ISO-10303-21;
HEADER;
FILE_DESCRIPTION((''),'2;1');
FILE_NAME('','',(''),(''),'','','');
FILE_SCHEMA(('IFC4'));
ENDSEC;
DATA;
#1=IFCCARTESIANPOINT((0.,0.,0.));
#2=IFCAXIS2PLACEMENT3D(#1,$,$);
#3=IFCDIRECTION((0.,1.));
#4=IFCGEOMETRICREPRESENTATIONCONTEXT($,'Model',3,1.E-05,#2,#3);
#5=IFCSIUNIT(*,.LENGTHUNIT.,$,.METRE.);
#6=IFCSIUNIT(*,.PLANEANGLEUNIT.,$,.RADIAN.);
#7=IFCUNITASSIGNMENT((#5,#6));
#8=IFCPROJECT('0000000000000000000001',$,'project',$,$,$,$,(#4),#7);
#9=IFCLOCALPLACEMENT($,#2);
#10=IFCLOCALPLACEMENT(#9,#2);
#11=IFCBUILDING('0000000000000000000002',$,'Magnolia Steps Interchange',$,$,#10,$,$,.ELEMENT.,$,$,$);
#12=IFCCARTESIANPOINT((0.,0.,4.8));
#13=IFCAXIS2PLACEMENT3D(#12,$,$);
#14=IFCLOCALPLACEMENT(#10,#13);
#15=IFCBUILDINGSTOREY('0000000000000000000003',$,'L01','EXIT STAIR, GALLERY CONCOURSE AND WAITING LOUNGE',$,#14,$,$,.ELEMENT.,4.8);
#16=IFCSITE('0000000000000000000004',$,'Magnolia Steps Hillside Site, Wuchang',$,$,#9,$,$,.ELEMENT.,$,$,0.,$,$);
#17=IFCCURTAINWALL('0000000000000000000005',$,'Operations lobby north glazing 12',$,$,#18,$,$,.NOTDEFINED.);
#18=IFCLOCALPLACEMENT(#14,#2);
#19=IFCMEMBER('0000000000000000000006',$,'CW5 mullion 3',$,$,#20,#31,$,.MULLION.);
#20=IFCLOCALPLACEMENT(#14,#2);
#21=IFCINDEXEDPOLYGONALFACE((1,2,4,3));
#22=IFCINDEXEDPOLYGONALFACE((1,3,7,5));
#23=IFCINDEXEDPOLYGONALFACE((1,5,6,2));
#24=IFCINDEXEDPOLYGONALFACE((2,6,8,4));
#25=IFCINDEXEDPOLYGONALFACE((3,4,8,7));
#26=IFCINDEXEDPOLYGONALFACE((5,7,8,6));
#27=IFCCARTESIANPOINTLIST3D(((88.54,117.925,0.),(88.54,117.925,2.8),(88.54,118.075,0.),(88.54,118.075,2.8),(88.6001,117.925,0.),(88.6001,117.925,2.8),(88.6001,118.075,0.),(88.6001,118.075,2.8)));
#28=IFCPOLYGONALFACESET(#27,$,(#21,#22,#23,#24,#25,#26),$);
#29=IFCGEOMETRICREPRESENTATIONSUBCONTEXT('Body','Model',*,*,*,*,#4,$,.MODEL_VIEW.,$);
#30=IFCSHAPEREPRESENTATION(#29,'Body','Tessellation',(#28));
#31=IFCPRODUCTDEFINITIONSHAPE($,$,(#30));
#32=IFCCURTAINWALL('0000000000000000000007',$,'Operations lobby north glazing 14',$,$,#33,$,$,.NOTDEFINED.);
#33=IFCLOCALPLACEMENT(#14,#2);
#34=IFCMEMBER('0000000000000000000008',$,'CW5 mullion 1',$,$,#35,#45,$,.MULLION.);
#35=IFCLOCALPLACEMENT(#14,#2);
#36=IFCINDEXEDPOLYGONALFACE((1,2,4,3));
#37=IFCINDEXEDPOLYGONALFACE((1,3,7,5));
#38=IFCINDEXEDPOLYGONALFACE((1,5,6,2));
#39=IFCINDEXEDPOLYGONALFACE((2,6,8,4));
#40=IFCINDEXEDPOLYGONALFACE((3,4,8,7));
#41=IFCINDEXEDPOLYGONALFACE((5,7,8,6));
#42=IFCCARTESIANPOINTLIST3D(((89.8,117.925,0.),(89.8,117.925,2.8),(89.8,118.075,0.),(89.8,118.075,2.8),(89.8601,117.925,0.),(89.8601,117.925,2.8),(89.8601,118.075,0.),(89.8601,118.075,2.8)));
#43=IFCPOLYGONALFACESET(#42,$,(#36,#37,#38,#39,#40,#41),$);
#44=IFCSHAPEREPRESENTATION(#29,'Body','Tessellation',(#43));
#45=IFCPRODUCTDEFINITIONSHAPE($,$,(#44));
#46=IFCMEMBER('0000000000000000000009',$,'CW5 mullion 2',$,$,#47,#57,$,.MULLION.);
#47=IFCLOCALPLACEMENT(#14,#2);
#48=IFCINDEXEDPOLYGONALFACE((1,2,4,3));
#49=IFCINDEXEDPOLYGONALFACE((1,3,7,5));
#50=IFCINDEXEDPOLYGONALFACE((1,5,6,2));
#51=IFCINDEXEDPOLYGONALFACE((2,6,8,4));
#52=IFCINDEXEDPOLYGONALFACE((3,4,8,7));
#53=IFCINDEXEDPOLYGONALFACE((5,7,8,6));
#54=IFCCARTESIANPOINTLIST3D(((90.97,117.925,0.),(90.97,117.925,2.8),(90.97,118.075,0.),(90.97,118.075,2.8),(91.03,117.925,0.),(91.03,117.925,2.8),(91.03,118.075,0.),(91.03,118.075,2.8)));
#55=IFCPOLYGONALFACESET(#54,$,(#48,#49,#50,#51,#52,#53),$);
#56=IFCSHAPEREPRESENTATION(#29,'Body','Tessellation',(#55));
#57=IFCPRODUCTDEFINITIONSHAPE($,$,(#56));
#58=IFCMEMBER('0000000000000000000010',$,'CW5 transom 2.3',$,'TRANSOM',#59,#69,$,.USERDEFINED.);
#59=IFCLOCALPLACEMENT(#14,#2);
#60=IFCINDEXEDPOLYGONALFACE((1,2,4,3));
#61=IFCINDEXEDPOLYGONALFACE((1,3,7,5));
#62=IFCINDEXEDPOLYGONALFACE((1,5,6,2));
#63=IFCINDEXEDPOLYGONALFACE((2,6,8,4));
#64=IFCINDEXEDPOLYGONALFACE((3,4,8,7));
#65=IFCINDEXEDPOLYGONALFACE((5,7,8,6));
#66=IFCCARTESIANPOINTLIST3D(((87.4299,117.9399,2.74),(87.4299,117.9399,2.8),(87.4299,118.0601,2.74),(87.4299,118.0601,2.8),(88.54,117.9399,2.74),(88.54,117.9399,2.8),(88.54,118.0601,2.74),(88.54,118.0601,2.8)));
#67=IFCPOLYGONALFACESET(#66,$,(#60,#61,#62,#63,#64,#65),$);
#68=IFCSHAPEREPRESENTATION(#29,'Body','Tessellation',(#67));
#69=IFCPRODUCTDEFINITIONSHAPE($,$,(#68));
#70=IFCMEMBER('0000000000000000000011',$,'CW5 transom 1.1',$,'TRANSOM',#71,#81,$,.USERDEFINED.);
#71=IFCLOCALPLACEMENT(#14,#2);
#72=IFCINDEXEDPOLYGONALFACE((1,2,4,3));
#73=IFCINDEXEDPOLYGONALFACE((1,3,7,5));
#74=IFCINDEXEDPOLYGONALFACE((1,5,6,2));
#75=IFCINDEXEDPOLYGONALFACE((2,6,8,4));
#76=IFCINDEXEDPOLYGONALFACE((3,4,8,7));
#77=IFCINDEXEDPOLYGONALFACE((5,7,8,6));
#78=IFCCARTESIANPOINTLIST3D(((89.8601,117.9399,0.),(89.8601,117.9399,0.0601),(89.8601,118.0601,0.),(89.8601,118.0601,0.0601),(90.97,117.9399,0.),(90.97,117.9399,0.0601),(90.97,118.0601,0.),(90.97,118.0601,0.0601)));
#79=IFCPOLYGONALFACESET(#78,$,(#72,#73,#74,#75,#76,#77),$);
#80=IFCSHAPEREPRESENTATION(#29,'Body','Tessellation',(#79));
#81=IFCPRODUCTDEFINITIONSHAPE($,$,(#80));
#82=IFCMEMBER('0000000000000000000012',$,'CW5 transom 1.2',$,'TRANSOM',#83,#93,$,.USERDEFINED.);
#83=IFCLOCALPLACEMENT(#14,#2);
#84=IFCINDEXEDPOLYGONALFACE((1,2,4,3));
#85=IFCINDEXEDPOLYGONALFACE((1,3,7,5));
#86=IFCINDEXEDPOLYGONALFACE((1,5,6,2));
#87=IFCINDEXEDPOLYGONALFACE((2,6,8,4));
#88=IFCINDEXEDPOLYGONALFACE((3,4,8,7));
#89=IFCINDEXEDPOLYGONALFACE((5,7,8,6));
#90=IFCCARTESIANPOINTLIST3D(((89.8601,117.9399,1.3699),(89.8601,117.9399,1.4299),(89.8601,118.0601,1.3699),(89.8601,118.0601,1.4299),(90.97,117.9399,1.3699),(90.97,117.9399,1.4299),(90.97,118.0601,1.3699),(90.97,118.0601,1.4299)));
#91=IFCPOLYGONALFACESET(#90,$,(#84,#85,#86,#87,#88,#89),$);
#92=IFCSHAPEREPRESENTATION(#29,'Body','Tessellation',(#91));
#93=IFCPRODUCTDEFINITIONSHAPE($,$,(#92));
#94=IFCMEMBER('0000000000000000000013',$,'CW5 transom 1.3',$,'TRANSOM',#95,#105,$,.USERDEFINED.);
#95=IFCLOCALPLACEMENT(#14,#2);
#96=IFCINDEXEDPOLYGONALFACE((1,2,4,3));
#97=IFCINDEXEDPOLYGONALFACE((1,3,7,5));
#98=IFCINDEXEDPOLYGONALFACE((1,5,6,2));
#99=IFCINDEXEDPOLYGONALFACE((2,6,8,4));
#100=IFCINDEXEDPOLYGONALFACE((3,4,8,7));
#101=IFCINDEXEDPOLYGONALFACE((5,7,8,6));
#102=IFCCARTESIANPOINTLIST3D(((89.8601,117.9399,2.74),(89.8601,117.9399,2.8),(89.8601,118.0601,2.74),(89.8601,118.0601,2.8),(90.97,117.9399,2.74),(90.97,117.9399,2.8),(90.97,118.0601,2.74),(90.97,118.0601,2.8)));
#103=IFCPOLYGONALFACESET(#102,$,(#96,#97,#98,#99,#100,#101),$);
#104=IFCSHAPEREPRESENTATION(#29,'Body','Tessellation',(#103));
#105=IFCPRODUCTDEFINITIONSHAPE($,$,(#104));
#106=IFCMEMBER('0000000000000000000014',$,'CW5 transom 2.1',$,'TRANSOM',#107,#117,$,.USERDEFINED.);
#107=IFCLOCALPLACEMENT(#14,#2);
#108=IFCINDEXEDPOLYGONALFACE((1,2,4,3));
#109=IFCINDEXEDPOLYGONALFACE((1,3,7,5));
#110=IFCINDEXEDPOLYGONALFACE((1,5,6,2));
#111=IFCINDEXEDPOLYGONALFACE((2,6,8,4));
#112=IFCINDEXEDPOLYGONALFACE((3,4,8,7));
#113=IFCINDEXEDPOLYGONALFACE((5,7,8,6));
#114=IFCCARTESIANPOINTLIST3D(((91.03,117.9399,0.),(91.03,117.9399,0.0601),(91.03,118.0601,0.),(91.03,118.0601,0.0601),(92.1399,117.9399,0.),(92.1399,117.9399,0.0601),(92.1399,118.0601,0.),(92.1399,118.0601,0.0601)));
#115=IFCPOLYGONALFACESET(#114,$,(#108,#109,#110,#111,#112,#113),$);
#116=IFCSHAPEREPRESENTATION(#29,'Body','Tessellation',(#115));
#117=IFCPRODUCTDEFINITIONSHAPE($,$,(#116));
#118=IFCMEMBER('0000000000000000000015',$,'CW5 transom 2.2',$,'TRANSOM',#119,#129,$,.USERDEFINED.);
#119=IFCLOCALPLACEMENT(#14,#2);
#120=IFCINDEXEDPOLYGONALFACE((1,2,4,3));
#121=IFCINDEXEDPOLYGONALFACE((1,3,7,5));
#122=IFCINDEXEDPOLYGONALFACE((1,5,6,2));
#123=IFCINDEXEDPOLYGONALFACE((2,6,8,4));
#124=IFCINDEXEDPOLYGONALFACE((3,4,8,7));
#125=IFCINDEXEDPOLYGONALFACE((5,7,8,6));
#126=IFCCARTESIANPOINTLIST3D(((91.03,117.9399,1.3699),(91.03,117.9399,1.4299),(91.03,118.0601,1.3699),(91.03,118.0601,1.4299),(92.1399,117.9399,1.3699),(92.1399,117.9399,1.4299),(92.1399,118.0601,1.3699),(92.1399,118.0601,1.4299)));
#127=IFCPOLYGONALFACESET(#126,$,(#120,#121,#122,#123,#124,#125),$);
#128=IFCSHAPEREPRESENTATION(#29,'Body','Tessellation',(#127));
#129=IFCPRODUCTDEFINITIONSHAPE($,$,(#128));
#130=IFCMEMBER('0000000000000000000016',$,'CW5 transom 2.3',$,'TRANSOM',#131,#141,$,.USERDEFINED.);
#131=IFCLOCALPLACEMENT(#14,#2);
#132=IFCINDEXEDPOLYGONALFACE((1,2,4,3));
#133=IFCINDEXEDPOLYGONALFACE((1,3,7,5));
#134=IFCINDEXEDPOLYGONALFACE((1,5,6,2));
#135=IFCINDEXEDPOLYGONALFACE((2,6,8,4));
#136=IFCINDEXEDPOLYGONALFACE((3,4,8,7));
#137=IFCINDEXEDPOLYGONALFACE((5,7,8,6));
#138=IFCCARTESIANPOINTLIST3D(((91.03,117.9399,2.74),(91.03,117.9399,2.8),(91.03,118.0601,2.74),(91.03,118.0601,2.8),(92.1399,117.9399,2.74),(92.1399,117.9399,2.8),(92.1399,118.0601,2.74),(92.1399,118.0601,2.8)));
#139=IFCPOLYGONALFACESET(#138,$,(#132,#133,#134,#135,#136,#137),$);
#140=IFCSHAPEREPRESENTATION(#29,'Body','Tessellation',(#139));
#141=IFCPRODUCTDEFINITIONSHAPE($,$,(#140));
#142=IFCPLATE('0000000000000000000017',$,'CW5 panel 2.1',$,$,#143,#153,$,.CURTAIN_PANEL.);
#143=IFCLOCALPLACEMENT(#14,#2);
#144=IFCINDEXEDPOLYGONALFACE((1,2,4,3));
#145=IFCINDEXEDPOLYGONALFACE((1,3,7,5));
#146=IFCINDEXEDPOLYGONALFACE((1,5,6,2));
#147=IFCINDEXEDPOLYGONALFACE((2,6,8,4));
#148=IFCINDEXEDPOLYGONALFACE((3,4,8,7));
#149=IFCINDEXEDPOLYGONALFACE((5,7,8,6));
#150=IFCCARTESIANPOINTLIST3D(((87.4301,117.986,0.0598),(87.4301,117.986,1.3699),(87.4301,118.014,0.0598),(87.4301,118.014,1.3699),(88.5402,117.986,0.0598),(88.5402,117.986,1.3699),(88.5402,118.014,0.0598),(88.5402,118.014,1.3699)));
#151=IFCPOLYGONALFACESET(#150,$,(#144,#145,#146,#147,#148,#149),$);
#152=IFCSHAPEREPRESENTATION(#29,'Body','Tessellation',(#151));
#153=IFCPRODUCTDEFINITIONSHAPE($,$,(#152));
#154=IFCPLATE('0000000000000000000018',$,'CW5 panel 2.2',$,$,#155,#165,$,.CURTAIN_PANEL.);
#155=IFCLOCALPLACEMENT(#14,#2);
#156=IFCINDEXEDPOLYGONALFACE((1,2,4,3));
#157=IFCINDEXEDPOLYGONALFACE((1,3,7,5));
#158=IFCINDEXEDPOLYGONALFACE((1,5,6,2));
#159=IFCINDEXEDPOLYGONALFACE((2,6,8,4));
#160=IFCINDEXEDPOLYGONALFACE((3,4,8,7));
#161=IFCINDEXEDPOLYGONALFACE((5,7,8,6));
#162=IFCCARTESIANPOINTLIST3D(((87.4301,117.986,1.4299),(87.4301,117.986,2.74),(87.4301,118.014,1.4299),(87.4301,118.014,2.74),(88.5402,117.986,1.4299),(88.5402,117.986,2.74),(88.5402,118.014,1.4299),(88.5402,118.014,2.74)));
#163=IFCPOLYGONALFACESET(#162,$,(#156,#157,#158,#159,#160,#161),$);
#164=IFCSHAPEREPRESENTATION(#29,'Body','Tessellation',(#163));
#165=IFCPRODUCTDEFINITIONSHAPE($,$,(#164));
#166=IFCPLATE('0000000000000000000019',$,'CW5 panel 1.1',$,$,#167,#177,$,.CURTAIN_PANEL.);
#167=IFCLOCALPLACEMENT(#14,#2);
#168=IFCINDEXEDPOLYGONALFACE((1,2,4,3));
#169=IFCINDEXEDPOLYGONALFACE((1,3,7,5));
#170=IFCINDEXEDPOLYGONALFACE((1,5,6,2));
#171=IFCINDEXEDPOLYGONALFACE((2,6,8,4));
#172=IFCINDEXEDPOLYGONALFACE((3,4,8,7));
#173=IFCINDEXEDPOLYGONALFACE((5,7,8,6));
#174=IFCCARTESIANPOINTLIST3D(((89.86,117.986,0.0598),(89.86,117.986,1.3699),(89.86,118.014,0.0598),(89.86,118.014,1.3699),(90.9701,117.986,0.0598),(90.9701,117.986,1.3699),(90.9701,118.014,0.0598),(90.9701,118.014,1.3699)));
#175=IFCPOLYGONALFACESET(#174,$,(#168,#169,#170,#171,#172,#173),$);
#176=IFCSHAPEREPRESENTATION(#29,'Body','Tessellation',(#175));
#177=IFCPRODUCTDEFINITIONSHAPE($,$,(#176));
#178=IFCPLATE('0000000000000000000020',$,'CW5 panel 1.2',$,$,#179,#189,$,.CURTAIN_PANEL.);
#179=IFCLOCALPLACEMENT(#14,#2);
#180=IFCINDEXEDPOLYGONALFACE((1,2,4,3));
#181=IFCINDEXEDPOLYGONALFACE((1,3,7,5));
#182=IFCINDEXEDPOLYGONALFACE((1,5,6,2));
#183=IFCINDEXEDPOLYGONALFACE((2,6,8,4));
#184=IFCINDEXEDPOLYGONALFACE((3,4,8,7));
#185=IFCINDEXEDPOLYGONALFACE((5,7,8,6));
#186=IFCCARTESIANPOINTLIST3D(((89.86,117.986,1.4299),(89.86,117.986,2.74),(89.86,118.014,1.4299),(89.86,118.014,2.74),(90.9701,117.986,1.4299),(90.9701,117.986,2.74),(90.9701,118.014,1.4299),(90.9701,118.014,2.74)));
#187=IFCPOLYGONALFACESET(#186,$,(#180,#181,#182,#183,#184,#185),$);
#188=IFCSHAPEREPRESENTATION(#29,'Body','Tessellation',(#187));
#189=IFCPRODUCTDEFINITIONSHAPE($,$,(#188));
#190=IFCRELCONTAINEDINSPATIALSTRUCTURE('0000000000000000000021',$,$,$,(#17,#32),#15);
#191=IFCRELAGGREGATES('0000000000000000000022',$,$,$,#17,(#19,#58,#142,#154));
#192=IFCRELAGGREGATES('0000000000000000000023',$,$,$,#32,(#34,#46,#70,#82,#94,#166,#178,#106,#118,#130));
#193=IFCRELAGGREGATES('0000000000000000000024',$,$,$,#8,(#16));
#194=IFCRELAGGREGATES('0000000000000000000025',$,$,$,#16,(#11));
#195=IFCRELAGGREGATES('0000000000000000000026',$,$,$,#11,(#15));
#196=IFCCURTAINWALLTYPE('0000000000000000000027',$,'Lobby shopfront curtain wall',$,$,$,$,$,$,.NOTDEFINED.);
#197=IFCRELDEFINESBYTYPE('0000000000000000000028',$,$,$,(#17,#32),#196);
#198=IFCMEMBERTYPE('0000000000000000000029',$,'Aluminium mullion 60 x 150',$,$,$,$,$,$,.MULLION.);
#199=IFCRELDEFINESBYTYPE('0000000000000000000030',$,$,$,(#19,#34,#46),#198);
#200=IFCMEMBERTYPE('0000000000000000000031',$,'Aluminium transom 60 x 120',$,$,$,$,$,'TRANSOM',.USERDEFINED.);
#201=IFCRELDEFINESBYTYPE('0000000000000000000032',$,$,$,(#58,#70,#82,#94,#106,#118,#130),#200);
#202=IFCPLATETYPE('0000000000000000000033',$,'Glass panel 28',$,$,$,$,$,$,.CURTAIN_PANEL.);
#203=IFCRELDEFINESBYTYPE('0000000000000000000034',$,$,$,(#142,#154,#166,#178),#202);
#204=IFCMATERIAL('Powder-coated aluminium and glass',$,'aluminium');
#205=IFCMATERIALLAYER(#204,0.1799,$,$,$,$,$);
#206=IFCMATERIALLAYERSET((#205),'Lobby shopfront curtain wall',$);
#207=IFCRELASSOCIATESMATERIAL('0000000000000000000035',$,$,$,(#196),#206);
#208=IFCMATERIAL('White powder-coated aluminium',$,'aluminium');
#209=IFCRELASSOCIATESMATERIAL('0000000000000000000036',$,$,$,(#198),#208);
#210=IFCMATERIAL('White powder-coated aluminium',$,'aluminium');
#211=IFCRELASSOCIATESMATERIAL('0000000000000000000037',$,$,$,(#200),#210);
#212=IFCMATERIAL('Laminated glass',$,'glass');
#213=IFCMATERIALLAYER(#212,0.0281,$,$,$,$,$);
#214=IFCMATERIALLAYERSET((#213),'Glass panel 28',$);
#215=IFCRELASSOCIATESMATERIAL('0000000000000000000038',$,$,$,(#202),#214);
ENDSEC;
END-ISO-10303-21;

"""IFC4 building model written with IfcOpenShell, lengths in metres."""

from ifc_helpers import new_model, si_unit, direction, frame, origin, origin_2d, place, context, subcontext, project, spatial, rectangle, extrude, material, layer, layer_set, material_profile, profile_set, type_object, element, aggregate, save


model = new_model("IFC4")

# Units and contexts
model_context = context("Model", 3, precision=1e-05, world=origin(), true_north=direction((0.0, 1.0)))
body_context = subcontext(model_context, "Body", "Model", "MODEL_VIEW")
ifc_project = project(units=[si_unit("LENGTHUNIT", "METRE"), si_unit("PLANEANGLEUNIT", "RADIAN")], contexts=[model_context])

# Site, building, storey
site_placement = place(None, origin())
site = spatial("IfcSite", under=ifc_project, at=site_placement, Name="Magnolia Steps Hillside Site, Wuchang", CompositionType="ELEMENT", RefElevation=0.0)
building_placement = place(site_placement, origin())
building = spatial("IfcBuilding", under=site, at=building_placement, Name="Magnolia Steps Interchange", CompositionType="ELEMENT")
storey_placement = place(building_placement, frame((0.0, 0.0, 4.8)))
storey = spatial("IfcBuildingStorey", under=building, at=storey_placement, Name="L01", Description="EXIT STAIR, GALLERY CONCOURSE AND WAITING LOUNGE", CompositionType="ELEMENT", Elevation=4.8)

# Curtain wall, member
ifc_material_1 = material(Name="Powder-coated aluminium and glass", Category="aluminium")
ifc_layer_1 = layer(ifc_material_1, 0.1799)
ifc_layer_set_1 = layer_set([ifc_layer_1], Name="Lobby shopfront curtain wall")
curtain_wall_type = type_object("IfcCurtainWallType", Name="Lobby shopfront curtain wall", PredefinedType="NOTDEFINED", material=ifc_layer_set_1)
curtain_wall_1_placement = place(storey_placement, origin())
curtain_wall_1 = element("IfcCurtainWall", 1, at=curtain_wall_1_placement, inside=storey, type_object=curtain_wall_type, Name="Operations lobby north glazing 12", PredefinedType="NOTDEFINED")
ifc_material_2 = material(Name="White powder-coated aluminium", Category="aluminium")
ifc_material_profile_1 = material_profile(ifc_material_2, rectangle(XDim=0.0601, YDim=0.1499, at=origin_2d()), Name="Aluminium mullion 60 x 150")
ifc_profile_set_1 = profile_set([ifc_material_profile_1], Name="White powder-coated aluminium")
member_type_1 = type_object("IfcMemberType", Name="Aluminium mullion 60 x 150", PredefinedType="MULLION", material=ifc_profile_set_1)
member_1_placement = place(storey_placement, frame((88.5701, 118.0, 0.0), z_axis=(0.0, 0.0, 1.0), x_axis=(1.0, 0.0, 0.0)))
member_1 = element("IfcMember", 2, at=member_1_placement, type_object=member_type_1, Name="CW5 mullion 3", PredefinedType="MULLION", context=body_context, shape_type="SweptSolid", body=[
    extrude(rectangle(XDim=0.0601, YDim=0.1499, at=origin_2d()), origin(), (0.0, 0.0, 1.0), 2.8),
])

# Curtain wall, members
curtain_wall_2_placement = place(storey_placement, origin())
curtain_wall_2 = element("IfcCurtainWall", 3, at=curtain_wall_2_placement, inside=storey, type_object=curtain_wall_type, Name="Operations lobby north glazing 14", PredefinedType="NOTDEFINED")
member_2_placement = place(storey_placement, frame((89.8301, 118.0, 0.0), z_axis=(0.0, 0.0, 1.0), x_axis=(1.0, 0.0, 0.0)))
member_2 = element("IfcMember", 4, at=member_2_placement, type_object=member_type_1, Name="CW5 mullion 1", PredefinedType="MULLION", context=body_context, shape_type="SweptSolid", body=[
    extrude(rectangle(XDim=0.0601, YDim=0.1499, at=origin_2d()), origin(), (0.0, 0.0, 1.0), 2.8),
])
member_3_placement = place(storey_placement, frame((91.0, 118.0, 0.0), z_axis=(0.0, 0.0, 1.0), x_axis=(1.0, 0.0, 0.0)))
member_3 = element("IfcMember", 5, at=member_3_placement, type_object=member_type_1, Name="CW5 mullion 2", PredefinedType="MULLION", context=body_context, shape_type="SweptSolid", body=[
    extrude(rectangle(XDim=0.0601, YDim=0.1499, at=origin_2d()), origin(), (0.0, 0.0, 1.0), 2.8),
])

# Members
ifc_material_3 = material(Name="White powder-coated aluminium", Category="aluminium")
ifc_material_profile_2 = material_profile(ifc_material_3, rectangle(XDim=0.0601, YDim=0.1201, at=origin_2d()), Name="Aluminium transom 60 x 120")
ifc_profile_set_2 = profile_set([ifc_material_profile_2], Name="White powder-coated aluminium")
member_type_2 = type_object("IfcMemberType", Name="Aluminium transom 60 x 120", ElementType="TRANSOM", PredefinedType="USERDEFINED", material=ifc_profile_set_2)
member_4_placement = place(storey_placement, frame((87.4299, 118.0, 2.77), z_axis=(1.0, 0.0, 0.0), x_axis=(0.0, 0.0, 1.0)))
member_4 = element("IfcMember", 6, at=member_4_placement, type_object=member_type_2, Name="CW5 transom 2.3", ObjectType="TRANSOM", PredefinedType="USERDEFINED", context=body_context, shape_type="SweptSolid", body=[
    extrude(rectangle(XDim=0.0601, YDim=0.1201, at=origin_2d()), origin(), (0.0, 0.0, 1.0), 1.1101),
])
member_5_placement = place(storey_placement, frame((89.8601, 118.0, 0.03), z_axis=(1.0, 0.0, 0.0), x_axis=(0.0, 0.0, 1.0)))
member_5 = element("IfcMember", 7, at=member_5_placement, type_object=member_type_2, Name="CW5 transom 1.1", ObjectType="TRANSOM", PredefinedType="USERDEFINED", context=body_context, shape_type="SweptSolid", body=[
    extrude(rectangle(XDim=0.0601, YDim=0.1201, at=origin_2d()), origin(), (0.0, 0.0, 1.0), 1.1099),
])
member_6_placement = place(storey_placement, frame((89.8601, 118.0, 1.3999), z_axis=(1.0, 0.0, 0.0), x_axis=(0.0, 0.0, 1.0)))
member_6 = element("IfcMember", 8, at=member_6_placement, type_object=member_type_2, Name="CW5 transom 1.2", ObjectType="TRANSOM", PredefinedType="USERDEFINED", context=body_context, shape_type="SweptSolid", body=[
    extrude(rectangle(XDim=0.0601, YDim=0.1201, at=origin_2d()), origin(), (0.0, 0.0, 1.0), 1.1099),
])
member_7_placement = place(storey_placement, frame((89.8601, 118.0, 2.77), z_axis=(1.0, 0.0, 0.0), x_axis=(0.0, 0.0, 1.0)))
member_7 = element("IfcMember", 9, at=member_7_placement, type_object=member_type_2, Name="CW5 transom 1.3", ObjectType="TRANSOM", PredefinedType="USERDEFINED", context=body_context, shape_type="SweptSolid", body=[
    extrude(rectangle(XDim=0.0601, YDim=0.1201, at=origin_2d()), origin(), (0.0, 0.0, 1.0), 1.1099),
])
member_8_placement = place(storey_placement, frame((91.03, 118.0, 0.03), z_axis=(1.0, 0.0, 0.0), x_axis=(0.0, 0.0, 1.0)))
member_8 = element("IfcMember", 10, at=member_8_placement, type_object=member_type_2, Name="CW5 transom 2.1", ObjectType="TRANSOM", PredefinedType="USERDEFINED", context=body_context, shape_type="SweptSolid", body=[
    extrude(rectangle(XDim=0.0601, YDim=0.1201, at=origin_2d()), origin(), (0.0, 0.0, 1.0), 1.1099),
])
member_9_placement = place(storey_placement, frame((91.03, 118.0, 1.3999), z_axis=(1.0, 0.0, 0.0), x_axis=(0.0, 0.0, 1.0)))
member_9 = element("IfcMember", 11, at=member_9_placement, type_object=member_type_2, Name="CW5 transom 2.2", ObjectType="TRANSOM", PredefinedType="USERDEFINED", context=body_context, shape_type="SweptSolid", body=[
    extrude(rectangle(XDim=0.0601, YDim=0.1201, at=origin_2d()), origin(), (0.0, 0.0, 1.0), 1.1099),
])
member_10_placement = place(storey_placement, frame((91.03, 118.0, 2.77), z_axis=(1.0, 0.0, 0.0), x_axis=(0.0, 0.0, 1.0)))
member_10 = element("IfcMember", 12, at=member_10_placement, type_object=member_type_2, Name="CW5 transom 2.3", ObjectType="TRANSOM", PredefinedType="USERDEFINED", context=body_context, shape_type="SweptSolid", body=[
    extrude(rectangle(XDim=0.0601, YDim=0.1201, at=origin_2d()), origin(), (0.0, 0.0, 1.0), 1.1099),
])

# Plates
ifc_material_4 = material(Name="Laminated glass", Category="glass")
ifc_layer_2 = layer(ifc_material_4, 0.0281)
ifc_layer_set_2 = layer_set([ifc_layer_2], Name="Glass panel 28")
plate_type = type_object("IfcPlateType", Name="Glass panel 28", PredefinedType="CURTAIN_PANEL", material=ifc_layer_set_2)
plate_1_placement = place(storey_placement, frame((87.9851, 118.0, 0.0598), z_axis=(0.0, 0.0, 1.0), x_axis=(1.0, 0.0, 0.0)))
plate_1 = element("IfcPlate", 13, at=plate_1_placement, type_object=plate_type, Name="CW5 panel 2.1", PredefinedType="CURTAIN_PANEL", context=body_context, shape_type="SweptSolid", body=[
    extrude(rectangle(XDim=1.1101, YDim=0.0281, at=origin_2d()), origin(), (0.0, 0.0, 1.0), 1.3101),
])
plate_2_placement = place(storey_placement, frame((87.9851, 118.0, 1.4299), z_axis=(0.0, 0.0, 1.0), x_axis=(1.0, 0.0, 0.0)))
plate_2 = element("IfcPlate", 14, at=plate_2_placement, type_object=plate_type, Name="CW5 panel 2.2", PredefinedType="CURTAIN_PANEL", context=body_context, shape_type="SweptSolid", body=[
    extrude(rectangle(XDim=1.1101, YDim=0.0281, at=origin_2d()), origin(), (0.0, 0.0, 1.0), 1.3101),
])
aggregate(curtain_wall_1, [member_1, member_4, plate_1, plate_2])
plate_3_placement = place(storey_placement, frame((90.415, 118.0, 0.0598), z_axis=(0.0, 0.0, 1.0), x_axis=(1.0, 0.0, 0.0)))
plate_3 = element("IfcPlate", 15, at=plate_3_placement, type_object=plate_type, Name="CW5 panel 1.1", PredefinedType="CURTAIN_PANEL", context=body_context, shape_type="SweptSolid", body=[
    extrude(rectangle(XDim=1.1101, YDim=0.0281, at=origin_2d()), origin(), (0.0, 0.0, 1.0), 1.3101),
])
plate_4_placement = place(storey_placement, frame((90.415, 118.0, 1.4299), z_axis=(0.0, 0.0, 1.0), x_axis=(1.0, 0.0, 0.0)))
plate_4 = element("IfcPlate", 16, at=plate_4_placement, type_object=plate_type, Name="CW5 panel 1.2", PredefinedType="CURTAIN_PANEL", context=body_context, shape_type="SweptSolid", body=[
    extrude(rectangle(XDim=1.1101, YDim=0.0281, at=origin_2d()), origin(), (0.0, 0.0, 1.0), 1.3101),
])
aggregate(curtain_wall_2, [member_2, member_3, member_5, member_6, member_7, plate_3, plate_4, member_8, member_9, member_10])

save(model, "model.ifc")
